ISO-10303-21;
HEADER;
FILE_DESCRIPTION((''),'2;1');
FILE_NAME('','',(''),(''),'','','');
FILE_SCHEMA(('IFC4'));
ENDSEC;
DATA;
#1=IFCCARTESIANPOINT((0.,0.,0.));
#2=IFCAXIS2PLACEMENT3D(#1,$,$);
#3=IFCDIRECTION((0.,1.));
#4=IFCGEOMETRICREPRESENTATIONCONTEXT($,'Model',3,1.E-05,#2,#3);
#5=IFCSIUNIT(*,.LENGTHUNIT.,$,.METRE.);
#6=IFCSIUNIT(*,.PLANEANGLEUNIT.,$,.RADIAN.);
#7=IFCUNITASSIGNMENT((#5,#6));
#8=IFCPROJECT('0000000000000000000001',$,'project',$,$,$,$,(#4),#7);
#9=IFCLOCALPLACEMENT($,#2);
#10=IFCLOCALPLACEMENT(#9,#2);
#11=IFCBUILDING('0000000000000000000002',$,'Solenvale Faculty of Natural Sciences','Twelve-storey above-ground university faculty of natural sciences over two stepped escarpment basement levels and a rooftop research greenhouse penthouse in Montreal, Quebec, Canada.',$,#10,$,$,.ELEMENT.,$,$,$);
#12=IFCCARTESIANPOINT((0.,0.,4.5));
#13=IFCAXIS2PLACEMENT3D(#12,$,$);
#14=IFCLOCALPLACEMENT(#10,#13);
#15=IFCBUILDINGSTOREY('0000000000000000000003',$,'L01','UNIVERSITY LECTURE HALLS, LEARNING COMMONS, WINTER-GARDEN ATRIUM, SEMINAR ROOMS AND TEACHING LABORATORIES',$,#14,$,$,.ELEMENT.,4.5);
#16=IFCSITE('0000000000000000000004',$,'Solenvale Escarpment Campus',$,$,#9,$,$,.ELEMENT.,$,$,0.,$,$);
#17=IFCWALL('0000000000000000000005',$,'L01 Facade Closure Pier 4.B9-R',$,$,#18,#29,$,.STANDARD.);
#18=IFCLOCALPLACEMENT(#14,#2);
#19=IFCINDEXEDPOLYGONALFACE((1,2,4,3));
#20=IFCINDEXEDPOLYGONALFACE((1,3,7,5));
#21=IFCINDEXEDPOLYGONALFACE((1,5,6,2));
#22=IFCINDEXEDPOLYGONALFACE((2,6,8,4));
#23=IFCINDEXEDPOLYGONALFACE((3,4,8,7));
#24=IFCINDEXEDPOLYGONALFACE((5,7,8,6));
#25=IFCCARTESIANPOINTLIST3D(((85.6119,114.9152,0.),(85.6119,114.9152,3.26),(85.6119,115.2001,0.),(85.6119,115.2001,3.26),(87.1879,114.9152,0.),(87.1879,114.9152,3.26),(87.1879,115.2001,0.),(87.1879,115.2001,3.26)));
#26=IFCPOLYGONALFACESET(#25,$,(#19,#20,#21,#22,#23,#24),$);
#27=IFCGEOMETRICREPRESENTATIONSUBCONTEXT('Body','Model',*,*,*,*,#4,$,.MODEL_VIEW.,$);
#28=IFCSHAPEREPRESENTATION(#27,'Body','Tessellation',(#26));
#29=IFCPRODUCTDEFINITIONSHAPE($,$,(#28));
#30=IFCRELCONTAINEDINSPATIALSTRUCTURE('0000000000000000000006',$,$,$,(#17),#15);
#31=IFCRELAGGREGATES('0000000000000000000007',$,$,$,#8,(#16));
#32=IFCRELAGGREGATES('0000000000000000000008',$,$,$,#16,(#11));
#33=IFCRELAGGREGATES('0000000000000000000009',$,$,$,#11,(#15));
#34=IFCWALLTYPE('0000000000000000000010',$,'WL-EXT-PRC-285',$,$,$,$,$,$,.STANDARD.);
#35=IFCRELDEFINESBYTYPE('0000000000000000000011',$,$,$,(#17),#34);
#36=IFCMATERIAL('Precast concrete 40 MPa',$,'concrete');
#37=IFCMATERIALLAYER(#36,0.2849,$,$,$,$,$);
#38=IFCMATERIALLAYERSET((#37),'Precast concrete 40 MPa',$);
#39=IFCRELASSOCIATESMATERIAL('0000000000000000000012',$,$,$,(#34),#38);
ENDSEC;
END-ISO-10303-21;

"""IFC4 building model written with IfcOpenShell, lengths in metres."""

from ifc_helpers import new_model, si_unit, direction, frame, frame_2d, origin, place, context, subcontext, project, spatial, rectangle, extrude, material, layer, layer_set, type_object, element, save


model = new_model("IFC4")

# Units and contexts
model_context = context("Model", 3, precision=1e-05, world=origin(), true_north=direction((0.0, 1.0)))
body_context = subcontext(model_context, "Body", "Model", "MODEL_VIEW")
ifc_project = project(units=[si_unit("LENGTHUNIT", "METRE"), si_unit("PLANEANGLEUNIT", "RADIAN")], contexts=[model_context])

# Site, building, storey
site_placement = place(None, origin())
site = spatial("IfcSite", under=ifc_project, at=site_placement, Name="Solenvale Escarpment Campus", CompositionType="ELEMENT", RefElevation=0.0)
building_placement = place(site_placement, origin())
building = spatial("IfcBuilding", under=site, at=building_placement, Name="Solenvale Faculty of Natural Sciences", Description="Twelve-storey above-ground university faculty of natural sciences over two stepped escarpment basement levels and a rooftop research greenhouse penthouse in Montreal, Quebec, Canada.", CompositionType="ELEMENT")
storey_placement = place(building_placement, frame((0.0, 0.0, 4.5)))
storey = spatial("IfcBuildingStorey", under=building, at=storey_placement, Name="L01", Description="UNIVERSITY LECTURE HALLS, LEARNING COMMONS, WINTER-GARDEN ATRIUM, SEMINAR ROOMS AND TEACHING LABORATORIES", CompositionType="ELEMENT", Elevation=4.5)

# Shared definitions
ifc_material_1 = material(Name="Precast concrete 40 MPa", Category="concrete")

# Wall
ifc_layer_1 = layer(ifc_material_1, 0.2849)
ifc_layer_set_1 = layer_set([ifc_layer_1], Name="Precast concrete 40 MPa")
wall_type = type_object("IfcWallType", Name="WL-EXT-PRC-285", PredefinedType="STANDARD", material=ifc_layer_set_1)
wall_placement = place(storey_placement, frame((87.188, 115.0576, 0.0), z_axis=(0.0, 0.0, 1.0), x_axis=(-1.0, 0.0, 0.0)))
element("IfcWall", 1, at=wall_placement, inside=storey, type_object=wall_type, Name="L01 Facade Closure Pier 4.B9-R", PredefinedType="STANDARD", context=body_context, shape_type="SweptSolid", body=[
    extrude(rectangle(XDim=1.5759, YDim=0.2849, at=frame_2d((0.7881, 0.0))), origin(), (0.0, 0.0, 1.0), 3.26),
])

save(model, "model.ifc")
